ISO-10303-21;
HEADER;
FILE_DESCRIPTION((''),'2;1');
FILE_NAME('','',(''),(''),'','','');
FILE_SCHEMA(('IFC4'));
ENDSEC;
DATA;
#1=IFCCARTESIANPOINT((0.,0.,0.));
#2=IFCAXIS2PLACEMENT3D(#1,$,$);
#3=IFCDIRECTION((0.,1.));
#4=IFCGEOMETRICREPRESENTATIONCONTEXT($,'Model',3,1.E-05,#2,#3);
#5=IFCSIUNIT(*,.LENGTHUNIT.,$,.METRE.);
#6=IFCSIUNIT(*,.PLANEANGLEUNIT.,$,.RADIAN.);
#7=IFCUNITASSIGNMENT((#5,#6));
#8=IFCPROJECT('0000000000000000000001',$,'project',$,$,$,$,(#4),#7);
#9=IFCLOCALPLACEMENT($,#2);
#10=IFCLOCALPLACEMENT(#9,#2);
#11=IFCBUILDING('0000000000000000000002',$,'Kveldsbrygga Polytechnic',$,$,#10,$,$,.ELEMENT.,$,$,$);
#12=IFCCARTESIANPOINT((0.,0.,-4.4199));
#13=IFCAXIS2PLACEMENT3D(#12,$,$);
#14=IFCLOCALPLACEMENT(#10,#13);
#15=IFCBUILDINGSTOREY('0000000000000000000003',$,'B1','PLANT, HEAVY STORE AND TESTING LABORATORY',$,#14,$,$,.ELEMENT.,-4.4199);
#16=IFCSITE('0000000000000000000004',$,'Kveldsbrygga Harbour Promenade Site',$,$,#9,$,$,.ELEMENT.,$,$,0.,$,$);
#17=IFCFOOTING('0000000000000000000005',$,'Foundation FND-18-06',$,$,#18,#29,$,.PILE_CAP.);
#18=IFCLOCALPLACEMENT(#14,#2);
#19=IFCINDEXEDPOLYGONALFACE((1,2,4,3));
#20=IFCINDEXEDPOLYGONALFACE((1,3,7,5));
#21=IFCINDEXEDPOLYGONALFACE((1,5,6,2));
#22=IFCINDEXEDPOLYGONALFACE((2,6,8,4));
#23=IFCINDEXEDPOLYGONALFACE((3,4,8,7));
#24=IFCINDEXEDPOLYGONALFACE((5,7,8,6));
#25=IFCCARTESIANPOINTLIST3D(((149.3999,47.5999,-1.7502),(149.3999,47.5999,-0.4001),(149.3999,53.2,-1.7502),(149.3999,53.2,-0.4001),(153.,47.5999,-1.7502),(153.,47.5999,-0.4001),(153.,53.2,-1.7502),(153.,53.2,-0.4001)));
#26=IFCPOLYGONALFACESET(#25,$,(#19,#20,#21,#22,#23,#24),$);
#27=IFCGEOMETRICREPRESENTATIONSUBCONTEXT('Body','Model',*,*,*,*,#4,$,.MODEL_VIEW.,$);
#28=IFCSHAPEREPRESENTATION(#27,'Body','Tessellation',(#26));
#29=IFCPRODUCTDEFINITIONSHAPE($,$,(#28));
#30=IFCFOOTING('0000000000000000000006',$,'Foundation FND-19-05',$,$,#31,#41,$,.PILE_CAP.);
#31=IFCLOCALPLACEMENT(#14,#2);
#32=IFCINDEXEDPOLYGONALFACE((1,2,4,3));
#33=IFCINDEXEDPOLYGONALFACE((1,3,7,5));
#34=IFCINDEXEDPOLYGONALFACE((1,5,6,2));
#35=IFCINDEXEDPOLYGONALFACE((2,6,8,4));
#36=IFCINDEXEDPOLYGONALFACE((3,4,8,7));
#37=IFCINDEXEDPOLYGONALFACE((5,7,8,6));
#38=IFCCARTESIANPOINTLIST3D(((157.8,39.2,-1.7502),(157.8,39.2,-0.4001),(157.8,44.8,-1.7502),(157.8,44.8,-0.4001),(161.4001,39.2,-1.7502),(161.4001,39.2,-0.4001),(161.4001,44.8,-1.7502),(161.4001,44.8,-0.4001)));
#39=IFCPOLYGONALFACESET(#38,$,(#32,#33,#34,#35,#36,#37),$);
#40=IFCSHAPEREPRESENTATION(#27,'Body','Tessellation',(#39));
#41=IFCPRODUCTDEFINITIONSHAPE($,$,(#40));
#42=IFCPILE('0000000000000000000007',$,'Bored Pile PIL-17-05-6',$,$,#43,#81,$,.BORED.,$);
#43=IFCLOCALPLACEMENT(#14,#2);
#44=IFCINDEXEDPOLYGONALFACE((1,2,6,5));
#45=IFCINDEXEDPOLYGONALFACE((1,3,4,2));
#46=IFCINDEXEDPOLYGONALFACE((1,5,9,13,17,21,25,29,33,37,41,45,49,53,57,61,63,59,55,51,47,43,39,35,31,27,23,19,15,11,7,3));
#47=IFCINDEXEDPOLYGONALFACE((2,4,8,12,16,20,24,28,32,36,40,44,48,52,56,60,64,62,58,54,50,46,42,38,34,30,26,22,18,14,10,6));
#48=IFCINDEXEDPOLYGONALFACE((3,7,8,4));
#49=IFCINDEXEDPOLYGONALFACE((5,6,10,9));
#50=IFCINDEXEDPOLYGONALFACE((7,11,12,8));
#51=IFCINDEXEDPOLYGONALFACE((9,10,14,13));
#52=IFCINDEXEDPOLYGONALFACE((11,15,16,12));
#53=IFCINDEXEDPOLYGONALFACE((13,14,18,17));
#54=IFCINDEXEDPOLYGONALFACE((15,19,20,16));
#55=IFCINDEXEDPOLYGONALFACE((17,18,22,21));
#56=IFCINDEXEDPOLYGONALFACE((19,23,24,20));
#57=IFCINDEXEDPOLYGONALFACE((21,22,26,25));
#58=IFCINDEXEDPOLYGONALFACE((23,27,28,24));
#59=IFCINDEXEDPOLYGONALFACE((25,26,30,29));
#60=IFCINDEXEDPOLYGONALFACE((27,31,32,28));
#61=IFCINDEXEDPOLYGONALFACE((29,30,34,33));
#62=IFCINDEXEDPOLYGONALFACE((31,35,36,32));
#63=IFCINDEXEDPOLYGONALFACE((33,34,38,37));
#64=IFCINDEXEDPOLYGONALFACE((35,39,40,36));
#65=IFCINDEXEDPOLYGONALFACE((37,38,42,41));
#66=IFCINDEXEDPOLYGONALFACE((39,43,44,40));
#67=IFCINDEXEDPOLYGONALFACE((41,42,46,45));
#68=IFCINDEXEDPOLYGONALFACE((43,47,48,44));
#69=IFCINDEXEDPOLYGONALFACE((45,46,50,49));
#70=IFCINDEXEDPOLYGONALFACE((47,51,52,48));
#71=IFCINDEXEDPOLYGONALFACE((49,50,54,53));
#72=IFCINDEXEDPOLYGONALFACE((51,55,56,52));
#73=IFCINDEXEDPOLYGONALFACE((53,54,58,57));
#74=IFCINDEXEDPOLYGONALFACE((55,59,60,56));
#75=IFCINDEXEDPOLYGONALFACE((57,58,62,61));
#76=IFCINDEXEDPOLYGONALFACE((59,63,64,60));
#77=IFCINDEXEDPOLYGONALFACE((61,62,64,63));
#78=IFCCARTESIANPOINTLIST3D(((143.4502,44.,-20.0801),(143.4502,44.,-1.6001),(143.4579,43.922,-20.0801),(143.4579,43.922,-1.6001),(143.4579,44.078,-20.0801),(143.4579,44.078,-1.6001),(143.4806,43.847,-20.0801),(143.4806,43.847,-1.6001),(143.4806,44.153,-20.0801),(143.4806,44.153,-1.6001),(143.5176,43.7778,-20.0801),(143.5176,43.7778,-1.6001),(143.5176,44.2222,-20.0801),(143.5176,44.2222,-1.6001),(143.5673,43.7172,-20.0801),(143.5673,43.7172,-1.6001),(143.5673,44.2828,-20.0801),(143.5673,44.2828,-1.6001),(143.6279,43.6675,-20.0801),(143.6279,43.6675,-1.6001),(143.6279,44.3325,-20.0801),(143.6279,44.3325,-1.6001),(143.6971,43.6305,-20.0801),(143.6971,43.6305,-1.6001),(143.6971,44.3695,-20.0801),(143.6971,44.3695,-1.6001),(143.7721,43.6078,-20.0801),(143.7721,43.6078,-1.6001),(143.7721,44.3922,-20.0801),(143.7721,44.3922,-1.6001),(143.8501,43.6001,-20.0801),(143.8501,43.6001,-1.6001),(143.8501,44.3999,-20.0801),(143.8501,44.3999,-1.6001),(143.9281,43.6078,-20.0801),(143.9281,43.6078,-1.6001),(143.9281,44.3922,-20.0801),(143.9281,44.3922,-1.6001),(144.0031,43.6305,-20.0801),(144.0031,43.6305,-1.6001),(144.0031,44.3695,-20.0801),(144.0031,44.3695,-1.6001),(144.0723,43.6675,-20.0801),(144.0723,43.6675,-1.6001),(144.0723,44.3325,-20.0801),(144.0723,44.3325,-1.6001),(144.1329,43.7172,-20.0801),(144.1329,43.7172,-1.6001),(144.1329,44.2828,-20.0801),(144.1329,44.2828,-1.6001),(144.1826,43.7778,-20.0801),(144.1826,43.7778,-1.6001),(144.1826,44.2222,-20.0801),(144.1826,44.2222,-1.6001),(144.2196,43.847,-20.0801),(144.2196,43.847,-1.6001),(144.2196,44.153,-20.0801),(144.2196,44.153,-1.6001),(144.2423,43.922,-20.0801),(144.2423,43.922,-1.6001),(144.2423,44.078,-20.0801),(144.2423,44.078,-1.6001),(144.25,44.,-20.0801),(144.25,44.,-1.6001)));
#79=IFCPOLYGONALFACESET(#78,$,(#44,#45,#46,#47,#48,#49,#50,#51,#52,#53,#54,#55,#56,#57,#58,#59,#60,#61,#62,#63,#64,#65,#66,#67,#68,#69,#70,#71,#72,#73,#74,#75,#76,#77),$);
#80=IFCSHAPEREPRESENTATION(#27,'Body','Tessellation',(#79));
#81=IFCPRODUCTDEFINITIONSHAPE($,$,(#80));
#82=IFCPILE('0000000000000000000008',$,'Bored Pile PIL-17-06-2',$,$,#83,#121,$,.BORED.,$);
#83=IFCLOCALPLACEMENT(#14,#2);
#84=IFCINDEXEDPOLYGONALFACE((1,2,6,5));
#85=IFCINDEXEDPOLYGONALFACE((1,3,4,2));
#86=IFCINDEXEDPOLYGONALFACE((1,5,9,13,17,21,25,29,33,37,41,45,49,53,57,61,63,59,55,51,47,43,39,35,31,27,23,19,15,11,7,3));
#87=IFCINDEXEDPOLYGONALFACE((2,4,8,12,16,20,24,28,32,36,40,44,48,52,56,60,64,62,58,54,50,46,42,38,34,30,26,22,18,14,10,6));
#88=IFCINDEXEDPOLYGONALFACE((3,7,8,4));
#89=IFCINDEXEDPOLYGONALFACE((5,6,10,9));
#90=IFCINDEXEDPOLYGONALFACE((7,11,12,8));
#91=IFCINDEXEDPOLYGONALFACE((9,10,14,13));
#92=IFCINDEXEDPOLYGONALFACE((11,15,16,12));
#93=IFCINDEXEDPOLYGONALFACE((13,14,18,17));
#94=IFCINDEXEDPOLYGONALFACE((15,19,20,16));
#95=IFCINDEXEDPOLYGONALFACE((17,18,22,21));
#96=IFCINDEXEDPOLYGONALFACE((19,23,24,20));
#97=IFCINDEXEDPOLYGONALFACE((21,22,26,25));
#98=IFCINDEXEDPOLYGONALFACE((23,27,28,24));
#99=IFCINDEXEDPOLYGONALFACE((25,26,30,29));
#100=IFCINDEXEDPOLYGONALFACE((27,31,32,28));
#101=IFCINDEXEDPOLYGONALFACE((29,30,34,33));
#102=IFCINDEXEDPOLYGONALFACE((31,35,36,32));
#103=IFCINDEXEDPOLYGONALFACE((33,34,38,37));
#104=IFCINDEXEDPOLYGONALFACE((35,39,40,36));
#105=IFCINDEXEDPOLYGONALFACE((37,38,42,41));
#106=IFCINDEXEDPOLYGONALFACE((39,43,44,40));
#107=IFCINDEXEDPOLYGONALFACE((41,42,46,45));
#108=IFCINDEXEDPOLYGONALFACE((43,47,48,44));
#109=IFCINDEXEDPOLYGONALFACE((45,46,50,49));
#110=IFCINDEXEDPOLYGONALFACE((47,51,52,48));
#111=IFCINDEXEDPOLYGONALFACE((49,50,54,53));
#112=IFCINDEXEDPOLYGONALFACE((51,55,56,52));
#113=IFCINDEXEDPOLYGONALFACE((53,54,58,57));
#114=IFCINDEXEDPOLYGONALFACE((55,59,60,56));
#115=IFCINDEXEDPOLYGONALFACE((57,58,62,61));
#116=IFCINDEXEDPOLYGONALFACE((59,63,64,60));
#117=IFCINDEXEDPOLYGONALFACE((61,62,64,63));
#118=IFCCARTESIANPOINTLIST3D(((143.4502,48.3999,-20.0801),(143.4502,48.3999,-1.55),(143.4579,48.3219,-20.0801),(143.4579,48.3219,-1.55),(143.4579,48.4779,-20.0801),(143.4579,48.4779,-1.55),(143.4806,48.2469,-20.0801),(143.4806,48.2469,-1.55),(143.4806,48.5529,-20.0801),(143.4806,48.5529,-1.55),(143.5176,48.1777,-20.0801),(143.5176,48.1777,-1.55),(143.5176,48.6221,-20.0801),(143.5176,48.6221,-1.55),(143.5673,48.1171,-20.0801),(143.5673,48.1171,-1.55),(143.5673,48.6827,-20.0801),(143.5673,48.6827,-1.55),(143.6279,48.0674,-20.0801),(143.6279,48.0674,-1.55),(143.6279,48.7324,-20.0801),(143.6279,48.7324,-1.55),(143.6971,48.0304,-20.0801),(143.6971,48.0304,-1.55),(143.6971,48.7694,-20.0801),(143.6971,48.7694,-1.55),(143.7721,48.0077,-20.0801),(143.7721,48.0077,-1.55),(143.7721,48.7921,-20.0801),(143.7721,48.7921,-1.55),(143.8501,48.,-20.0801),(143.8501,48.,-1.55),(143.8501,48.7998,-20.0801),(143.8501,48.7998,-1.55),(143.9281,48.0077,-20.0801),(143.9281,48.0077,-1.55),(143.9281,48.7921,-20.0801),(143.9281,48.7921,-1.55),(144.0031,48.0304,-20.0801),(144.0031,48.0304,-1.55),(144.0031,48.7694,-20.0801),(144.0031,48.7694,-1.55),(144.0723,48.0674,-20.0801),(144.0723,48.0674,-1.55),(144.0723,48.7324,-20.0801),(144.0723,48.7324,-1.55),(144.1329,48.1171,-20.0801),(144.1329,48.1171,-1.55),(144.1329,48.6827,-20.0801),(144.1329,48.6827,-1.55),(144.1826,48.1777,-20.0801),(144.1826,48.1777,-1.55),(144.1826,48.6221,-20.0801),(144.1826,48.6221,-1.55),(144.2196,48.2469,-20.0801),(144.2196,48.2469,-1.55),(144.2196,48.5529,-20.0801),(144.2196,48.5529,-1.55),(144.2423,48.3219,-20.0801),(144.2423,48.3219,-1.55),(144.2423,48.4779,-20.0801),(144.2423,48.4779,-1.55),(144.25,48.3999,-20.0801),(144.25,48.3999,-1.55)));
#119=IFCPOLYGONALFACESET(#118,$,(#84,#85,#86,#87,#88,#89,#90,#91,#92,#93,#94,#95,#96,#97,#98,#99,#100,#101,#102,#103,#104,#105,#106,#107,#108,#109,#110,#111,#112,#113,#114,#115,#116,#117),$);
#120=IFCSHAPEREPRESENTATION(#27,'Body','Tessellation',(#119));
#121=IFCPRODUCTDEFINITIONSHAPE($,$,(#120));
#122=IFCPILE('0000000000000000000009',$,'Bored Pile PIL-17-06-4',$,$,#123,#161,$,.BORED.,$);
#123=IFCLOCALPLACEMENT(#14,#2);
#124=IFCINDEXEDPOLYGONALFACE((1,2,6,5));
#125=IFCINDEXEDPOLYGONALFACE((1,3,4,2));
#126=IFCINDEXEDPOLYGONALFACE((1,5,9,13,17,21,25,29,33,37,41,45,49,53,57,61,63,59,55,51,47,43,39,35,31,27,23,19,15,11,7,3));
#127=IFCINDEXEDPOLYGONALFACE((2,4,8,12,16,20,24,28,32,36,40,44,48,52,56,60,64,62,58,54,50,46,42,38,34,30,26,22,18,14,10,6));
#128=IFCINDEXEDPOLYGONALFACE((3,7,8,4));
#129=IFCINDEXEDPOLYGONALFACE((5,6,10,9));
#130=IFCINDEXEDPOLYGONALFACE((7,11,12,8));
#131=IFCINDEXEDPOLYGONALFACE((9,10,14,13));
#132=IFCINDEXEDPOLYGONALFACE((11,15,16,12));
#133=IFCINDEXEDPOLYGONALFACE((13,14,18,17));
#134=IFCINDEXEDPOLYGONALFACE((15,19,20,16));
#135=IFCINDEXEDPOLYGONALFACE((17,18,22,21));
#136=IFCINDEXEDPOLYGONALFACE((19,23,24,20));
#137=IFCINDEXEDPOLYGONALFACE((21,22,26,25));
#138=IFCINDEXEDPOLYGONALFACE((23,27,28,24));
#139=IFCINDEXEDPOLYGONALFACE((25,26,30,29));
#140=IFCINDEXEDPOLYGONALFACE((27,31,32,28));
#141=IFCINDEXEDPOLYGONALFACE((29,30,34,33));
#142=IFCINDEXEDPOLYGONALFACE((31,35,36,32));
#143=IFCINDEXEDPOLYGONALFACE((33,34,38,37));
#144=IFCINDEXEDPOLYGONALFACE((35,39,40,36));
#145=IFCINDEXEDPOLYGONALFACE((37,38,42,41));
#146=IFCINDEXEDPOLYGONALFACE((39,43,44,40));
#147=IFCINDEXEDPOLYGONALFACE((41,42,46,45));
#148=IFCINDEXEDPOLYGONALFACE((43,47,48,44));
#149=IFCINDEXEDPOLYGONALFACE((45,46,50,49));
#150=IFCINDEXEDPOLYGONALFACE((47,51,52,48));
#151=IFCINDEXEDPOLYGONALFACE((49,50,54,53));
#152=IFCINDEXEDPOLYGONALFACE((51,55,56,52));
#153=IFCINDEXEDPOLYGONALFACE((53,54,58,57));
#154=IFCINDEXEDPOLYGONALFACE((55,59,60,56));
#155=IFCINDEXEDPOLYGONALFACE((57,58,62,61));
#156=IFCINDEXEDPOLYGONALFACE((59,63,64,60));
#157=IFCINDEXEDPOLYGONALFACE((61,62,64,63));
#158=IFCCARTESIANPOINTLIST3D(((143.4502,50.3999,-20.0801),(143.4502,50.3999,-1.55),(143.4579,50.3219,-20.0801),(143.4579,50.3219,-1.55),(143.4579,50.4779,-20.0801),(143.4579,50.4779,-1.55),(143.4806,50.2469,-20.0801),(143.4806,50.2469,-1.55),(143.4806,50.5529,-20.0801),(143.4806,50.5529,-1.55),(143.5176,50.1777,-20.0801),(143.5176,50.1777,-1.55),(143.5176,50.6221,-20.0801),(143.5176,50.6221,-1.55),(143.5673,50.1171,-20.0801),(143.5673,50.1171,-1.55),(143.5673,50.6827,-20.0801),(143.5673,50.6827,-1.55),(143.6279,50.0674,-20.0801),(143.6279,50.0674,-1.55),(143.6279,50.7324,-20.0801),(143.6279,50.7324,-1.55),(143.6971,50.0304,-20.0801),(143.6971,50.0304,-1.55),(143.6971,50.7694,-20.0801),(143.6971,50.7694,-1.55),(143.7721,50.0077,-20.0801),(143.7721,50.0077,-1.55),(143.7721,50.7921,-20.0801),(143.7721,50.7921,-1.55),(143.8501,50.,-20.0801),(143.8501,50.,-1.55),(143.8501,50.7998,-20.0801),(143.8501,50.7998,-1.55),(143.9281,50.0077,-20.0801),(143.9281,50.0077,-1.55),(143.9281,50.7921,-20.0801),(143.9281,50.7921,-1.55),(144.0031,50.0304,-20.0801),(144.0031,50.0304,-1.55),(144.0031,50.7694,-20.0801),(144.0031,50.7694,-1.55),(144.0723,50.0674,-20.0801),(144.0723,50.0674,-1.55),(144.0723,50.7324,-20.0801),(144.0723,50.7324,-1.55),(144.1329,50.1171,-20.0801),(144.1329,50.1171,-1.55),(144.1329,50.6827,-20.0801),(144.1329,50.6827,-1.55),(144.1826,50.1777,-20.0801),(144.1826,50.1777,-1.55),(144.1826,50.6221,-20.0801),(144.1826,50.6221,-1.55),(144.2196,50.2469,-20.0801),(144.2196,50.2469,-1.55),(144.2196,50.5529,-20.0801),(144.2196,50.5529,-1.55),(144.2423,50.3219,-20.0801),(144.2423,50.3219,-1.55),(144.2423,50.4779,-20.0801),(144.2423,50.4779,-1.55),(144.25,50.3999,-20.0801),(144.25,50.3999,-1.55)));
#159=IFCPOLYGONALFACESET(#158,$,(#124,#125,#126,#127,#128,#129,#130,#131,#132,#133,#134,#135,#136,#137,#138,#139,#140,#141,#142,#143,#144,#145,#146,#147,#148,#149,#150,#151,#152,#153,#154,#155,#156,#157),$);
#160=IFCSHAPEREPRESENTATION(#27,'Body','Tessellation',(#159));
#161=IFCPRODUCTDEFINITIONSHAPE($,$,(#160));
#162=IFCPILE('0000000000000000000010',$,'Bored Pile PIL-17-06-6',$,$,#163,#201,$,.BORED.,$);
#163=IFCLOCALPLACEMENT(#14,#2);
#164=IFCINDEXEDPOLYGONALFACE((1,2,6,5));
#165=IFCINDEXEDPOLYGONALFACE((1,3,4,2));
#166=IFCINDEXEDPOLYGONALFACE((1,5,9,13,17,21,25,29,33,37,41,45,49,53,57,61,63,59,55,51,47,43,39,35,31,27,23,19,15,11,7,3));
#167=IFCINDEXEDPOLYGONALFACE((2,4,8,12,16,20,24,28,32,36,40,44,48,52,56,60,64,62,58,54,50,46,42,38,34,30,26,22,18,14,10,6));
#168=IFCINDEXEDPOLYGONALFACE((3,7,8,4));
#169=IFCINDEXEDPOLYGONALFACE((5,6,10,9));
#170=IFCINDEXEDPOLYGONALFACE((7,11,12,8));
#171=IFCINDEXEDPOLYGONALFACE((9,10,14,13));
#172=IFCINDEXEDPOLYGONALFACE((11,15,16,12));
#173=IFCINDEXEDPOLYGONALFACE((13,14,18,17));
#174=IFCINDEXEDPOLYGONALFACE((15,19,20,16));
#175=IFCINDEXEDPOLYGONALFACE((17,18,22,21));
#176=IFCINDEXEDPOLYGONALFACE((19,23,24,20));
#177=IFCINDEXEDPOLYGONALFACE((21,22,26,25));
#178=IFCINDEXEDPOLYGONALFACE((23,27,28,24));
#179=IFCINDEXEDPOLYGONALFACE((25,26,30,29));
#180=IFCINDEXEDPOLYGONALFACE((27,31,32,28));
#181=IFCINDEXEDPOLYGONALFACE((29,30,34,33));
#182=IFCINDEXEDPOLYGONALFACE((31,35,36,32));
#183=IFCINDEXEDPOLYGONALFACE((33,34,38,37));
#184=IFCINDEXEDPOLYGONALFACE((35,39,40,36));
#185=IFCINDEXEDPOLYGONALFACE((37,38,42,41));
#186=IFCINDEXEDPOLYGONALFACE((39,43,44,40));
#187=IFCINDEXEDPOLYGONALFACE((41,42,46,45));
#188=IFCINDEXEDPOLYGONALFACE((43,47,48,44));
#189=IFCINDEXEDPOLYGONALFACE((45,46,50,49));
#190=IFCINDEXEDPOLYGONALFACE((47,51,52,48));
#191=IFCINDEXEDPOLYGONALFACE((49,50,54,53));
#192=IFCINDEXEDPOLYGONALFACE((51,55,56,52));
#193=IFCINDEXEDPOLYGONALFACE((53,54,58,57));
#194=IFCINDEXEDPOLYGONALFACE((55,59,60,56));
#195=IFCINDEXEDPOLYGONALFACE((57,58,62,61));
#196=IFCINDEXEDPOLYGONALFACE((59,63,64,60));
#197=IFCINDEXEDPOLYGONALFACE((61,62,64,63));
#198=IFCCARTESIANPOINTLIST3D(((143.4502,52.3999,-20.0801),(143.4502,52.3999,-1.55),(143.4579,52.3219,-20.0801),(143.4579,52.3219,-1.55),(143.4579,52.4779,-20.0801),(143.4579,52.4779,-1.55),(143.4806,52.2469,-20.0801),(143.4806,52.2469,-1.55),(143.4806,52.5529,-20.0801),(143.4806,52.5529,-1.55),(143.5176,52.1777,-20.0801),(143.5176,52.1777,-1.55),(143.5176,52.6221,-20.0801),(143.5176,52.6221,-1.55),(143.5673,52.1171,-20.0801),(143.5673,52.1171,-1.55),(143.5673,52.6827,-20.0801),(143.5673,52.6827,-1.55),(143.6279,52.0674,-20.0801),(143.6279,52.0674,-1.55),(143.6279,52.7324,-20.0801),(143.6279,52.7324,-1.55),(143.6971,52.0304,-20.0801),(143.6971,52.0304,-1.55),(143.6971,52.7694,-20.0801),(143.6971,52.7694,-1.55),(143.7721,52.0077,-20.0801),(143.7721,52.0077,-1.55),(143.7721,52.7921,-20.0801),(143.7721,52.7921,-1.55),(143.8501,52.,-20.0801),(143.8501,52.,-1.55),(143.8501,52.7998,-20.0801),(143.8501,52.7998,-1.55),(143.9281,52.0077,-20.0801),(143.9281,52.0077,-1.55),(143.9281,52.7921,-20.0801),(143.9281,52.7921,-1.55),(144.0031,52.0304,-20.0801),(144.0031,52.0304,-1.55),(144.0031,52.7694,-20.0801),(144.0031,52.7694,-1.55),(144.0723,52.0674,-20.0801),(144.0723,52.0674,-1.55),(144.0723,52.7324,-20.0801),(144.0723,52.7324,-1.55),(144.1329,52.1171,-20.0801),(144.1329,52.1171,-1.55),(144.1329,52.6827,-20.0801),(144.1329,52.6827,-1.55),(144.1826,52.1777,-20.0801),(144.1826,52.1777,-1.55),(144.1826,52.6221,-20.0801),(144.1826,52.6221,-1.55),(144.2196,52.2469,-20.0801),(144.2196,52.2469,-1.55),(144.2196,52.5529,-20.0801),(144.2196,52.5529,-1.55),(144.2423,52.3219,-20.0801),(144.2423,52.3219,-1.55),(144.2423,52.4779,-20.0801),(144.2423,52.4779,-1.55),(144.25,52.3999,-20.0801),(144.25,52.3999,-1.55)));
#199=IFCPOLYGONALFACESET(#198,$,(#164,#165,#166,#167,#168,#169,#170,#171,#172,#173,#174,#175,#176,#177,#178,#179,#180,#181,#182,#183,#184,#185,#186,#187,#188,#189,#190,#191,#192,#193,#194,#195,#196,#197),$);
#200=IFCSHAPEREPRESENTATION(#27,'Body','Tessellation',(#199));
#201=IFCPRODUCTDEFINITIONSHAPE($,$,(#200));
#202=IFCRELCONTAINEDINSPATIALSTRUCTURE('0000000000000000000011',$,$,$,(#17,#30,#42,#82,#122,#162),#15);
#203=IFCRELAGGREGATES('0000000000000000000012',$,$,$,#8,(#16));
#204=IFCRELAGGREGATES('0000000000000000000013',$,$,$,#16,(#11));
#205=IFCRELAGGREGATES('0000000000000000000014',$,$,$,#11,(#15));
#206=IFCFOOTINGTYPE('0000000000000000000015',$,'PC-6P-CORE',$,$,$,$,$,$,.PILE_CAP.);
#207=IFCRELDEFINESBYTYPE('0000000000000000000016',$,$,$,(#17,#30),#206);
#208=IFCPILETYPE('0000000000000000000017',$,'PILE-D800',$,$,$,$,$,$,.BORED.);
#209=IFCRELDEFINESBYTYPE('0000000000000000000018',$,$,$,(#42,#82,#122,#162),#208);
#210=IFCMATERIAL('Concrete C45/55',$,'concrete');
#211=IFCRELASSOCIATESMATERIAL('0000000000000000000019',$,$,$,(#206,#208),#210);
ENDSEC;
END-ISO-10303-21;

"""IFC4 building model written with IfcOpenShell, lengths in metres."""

from ifc_helpers import new_model, si_unit, direction, frame, origin, origin_2d, place, context, subcontext, project, spatial, rectangle, circle, extrude, material, material_profile, profile_set, type_object, element, save


model = new_model("IFC4")

# Units and contexts
model_context = context("Model", 3, precision=1e-05, world=origin(), true_north=direction((0.0, 1.0)))
body_context = subcontext(model_context, "Body", "Model", "MODEL_VIEW")
ifc_project = project(units=[si_unit("LENGTHUNIT", "METRE"), si_unit("PLANEANGLEUNIT", "RADIAN")], contexts=[model_context])

# Site, building, storey
site_placement = place(None, origin())
site = spatial("IfcSite", under=ifc_project, at=site_placement, Name="Kveldsbrygga Harbour Promenade Site", CompositionType="ELEMENT", RefElevation=0.0)
building_placement = place(site_placement, origin())
building = spatial("IfcBuilding", under=site, at=building_placement, Name="Kveldsbrygga Polytechnic", CompositionType="ELEMENT")
storey_placement = place(building_placement, frame((0.0, 0.0, -4.4199)))
storey = spatial("IfcBuildingStorey", under=building, at=storey_placement, Name="B1", Description="PLANT, HEAVY STORE AND TESTING LABORATORY", CompositionType="ELEMENT", Elevation=-4.4199)

# Footings
ifc_material_1 = material(Name="Concrete C45/55", Category="concrete")
footing_type = type_object("IfcFootingType", Name="PC-6P-CORE", PredefinedType="PILE_CAP", material=ifc_material_1)
for number, where, z_axis, x_axis, name in (
    (1, (151.2, 50.3999, -1.7502), (0.0, 0.0, 1.0), (1.0, 0.0, 0.0), "Foundation FND-18-06"),
    (2, (159.6001, 42.0, -1.7502), (0.0, 0.0, 1.0), (1.0, 0.0, 0.0), "Foundation FND-19-05"),
):
    element("IfcFooting", number, at=place(storey_placement, frame(where, z_axis=z_axis, x_axis=x_axis)), inside=storey, type_object=footing_type, Name=name, PredefinedType="PILE_CAP", context=body_context, shape_type="SweptSolid", body=[
        extrude(rectangle(XDim=3.6001, YDim=5.6001, at=origin_2d()), origin(), (0.0, 0.0, 1.0), 1.3501),
    ])

# Piles
ifc_material_profile_1 = material_profile(ifc_material_1, circle(Radius=0.3999, at=origin_2d()), Name="PILE D800")
ifc_profile_set_1 = profile_set([ifc_material_profile_1], Name="Concrete C45/55")
pile_type = type_object("IfcPileType", Name="PILE-D800", PredefinedType="BORED", material=ifc_profile_set_1)
pile_1_placement = place(storey_placement, frame((143.8501, 44.0, -1.6001), z_axis=(0.0, 0.0, -1.0), x_axis=(1.0, 0.0, 0.0)))
element("IfcPile", 3, at=pile_1_placement, inside=storey, type_object=pile_type, Name="Bored Pile PIL-17-05-6", PredefinedType="BORED", context=body_context, shape_type="SweptSolid", body=[
    extrude(circle(Radius=0.3999, at=origin_2d()), origin(), (0.0, 0.0, 1.0), 18.48),
])
for number, where, z_axis, x_axis, name in (
    (4, (143.8501, 48.3999, -1.55), (0.0, 0.0, -1.0), (1.0, 0.0, 0.0), "Bored Pile PIL-17-06-2"),
    (5, (143.8501, 50.3999, -1.55), (0.0, 0.0, -1.0), (1.0, 0.0, 0.0), "Bored Pile PIL-17-06-4"),
    (6, (143.8501, 52.3999, -1.55), (0.0, 0.0, -1.0), (1.0, 0.0, 0.0), "Bored Pile PIL-17-06-6"),
):
    element("IfcPile", number, at=place(storey_placement, frame(where, z_axis=z_axis, x_axis=x_axis)), inside=storey, type_object=pile_type, Name=name, PredefinedType="BORED", context=body_context, shape_type="SweptSolid", body=[
        extrude(circle(Radius=0.3999, at=origin_2d()), origin(), (0.0, 0.0, 1.0), 18.53),
    ])

save(model, "model.ifc")
